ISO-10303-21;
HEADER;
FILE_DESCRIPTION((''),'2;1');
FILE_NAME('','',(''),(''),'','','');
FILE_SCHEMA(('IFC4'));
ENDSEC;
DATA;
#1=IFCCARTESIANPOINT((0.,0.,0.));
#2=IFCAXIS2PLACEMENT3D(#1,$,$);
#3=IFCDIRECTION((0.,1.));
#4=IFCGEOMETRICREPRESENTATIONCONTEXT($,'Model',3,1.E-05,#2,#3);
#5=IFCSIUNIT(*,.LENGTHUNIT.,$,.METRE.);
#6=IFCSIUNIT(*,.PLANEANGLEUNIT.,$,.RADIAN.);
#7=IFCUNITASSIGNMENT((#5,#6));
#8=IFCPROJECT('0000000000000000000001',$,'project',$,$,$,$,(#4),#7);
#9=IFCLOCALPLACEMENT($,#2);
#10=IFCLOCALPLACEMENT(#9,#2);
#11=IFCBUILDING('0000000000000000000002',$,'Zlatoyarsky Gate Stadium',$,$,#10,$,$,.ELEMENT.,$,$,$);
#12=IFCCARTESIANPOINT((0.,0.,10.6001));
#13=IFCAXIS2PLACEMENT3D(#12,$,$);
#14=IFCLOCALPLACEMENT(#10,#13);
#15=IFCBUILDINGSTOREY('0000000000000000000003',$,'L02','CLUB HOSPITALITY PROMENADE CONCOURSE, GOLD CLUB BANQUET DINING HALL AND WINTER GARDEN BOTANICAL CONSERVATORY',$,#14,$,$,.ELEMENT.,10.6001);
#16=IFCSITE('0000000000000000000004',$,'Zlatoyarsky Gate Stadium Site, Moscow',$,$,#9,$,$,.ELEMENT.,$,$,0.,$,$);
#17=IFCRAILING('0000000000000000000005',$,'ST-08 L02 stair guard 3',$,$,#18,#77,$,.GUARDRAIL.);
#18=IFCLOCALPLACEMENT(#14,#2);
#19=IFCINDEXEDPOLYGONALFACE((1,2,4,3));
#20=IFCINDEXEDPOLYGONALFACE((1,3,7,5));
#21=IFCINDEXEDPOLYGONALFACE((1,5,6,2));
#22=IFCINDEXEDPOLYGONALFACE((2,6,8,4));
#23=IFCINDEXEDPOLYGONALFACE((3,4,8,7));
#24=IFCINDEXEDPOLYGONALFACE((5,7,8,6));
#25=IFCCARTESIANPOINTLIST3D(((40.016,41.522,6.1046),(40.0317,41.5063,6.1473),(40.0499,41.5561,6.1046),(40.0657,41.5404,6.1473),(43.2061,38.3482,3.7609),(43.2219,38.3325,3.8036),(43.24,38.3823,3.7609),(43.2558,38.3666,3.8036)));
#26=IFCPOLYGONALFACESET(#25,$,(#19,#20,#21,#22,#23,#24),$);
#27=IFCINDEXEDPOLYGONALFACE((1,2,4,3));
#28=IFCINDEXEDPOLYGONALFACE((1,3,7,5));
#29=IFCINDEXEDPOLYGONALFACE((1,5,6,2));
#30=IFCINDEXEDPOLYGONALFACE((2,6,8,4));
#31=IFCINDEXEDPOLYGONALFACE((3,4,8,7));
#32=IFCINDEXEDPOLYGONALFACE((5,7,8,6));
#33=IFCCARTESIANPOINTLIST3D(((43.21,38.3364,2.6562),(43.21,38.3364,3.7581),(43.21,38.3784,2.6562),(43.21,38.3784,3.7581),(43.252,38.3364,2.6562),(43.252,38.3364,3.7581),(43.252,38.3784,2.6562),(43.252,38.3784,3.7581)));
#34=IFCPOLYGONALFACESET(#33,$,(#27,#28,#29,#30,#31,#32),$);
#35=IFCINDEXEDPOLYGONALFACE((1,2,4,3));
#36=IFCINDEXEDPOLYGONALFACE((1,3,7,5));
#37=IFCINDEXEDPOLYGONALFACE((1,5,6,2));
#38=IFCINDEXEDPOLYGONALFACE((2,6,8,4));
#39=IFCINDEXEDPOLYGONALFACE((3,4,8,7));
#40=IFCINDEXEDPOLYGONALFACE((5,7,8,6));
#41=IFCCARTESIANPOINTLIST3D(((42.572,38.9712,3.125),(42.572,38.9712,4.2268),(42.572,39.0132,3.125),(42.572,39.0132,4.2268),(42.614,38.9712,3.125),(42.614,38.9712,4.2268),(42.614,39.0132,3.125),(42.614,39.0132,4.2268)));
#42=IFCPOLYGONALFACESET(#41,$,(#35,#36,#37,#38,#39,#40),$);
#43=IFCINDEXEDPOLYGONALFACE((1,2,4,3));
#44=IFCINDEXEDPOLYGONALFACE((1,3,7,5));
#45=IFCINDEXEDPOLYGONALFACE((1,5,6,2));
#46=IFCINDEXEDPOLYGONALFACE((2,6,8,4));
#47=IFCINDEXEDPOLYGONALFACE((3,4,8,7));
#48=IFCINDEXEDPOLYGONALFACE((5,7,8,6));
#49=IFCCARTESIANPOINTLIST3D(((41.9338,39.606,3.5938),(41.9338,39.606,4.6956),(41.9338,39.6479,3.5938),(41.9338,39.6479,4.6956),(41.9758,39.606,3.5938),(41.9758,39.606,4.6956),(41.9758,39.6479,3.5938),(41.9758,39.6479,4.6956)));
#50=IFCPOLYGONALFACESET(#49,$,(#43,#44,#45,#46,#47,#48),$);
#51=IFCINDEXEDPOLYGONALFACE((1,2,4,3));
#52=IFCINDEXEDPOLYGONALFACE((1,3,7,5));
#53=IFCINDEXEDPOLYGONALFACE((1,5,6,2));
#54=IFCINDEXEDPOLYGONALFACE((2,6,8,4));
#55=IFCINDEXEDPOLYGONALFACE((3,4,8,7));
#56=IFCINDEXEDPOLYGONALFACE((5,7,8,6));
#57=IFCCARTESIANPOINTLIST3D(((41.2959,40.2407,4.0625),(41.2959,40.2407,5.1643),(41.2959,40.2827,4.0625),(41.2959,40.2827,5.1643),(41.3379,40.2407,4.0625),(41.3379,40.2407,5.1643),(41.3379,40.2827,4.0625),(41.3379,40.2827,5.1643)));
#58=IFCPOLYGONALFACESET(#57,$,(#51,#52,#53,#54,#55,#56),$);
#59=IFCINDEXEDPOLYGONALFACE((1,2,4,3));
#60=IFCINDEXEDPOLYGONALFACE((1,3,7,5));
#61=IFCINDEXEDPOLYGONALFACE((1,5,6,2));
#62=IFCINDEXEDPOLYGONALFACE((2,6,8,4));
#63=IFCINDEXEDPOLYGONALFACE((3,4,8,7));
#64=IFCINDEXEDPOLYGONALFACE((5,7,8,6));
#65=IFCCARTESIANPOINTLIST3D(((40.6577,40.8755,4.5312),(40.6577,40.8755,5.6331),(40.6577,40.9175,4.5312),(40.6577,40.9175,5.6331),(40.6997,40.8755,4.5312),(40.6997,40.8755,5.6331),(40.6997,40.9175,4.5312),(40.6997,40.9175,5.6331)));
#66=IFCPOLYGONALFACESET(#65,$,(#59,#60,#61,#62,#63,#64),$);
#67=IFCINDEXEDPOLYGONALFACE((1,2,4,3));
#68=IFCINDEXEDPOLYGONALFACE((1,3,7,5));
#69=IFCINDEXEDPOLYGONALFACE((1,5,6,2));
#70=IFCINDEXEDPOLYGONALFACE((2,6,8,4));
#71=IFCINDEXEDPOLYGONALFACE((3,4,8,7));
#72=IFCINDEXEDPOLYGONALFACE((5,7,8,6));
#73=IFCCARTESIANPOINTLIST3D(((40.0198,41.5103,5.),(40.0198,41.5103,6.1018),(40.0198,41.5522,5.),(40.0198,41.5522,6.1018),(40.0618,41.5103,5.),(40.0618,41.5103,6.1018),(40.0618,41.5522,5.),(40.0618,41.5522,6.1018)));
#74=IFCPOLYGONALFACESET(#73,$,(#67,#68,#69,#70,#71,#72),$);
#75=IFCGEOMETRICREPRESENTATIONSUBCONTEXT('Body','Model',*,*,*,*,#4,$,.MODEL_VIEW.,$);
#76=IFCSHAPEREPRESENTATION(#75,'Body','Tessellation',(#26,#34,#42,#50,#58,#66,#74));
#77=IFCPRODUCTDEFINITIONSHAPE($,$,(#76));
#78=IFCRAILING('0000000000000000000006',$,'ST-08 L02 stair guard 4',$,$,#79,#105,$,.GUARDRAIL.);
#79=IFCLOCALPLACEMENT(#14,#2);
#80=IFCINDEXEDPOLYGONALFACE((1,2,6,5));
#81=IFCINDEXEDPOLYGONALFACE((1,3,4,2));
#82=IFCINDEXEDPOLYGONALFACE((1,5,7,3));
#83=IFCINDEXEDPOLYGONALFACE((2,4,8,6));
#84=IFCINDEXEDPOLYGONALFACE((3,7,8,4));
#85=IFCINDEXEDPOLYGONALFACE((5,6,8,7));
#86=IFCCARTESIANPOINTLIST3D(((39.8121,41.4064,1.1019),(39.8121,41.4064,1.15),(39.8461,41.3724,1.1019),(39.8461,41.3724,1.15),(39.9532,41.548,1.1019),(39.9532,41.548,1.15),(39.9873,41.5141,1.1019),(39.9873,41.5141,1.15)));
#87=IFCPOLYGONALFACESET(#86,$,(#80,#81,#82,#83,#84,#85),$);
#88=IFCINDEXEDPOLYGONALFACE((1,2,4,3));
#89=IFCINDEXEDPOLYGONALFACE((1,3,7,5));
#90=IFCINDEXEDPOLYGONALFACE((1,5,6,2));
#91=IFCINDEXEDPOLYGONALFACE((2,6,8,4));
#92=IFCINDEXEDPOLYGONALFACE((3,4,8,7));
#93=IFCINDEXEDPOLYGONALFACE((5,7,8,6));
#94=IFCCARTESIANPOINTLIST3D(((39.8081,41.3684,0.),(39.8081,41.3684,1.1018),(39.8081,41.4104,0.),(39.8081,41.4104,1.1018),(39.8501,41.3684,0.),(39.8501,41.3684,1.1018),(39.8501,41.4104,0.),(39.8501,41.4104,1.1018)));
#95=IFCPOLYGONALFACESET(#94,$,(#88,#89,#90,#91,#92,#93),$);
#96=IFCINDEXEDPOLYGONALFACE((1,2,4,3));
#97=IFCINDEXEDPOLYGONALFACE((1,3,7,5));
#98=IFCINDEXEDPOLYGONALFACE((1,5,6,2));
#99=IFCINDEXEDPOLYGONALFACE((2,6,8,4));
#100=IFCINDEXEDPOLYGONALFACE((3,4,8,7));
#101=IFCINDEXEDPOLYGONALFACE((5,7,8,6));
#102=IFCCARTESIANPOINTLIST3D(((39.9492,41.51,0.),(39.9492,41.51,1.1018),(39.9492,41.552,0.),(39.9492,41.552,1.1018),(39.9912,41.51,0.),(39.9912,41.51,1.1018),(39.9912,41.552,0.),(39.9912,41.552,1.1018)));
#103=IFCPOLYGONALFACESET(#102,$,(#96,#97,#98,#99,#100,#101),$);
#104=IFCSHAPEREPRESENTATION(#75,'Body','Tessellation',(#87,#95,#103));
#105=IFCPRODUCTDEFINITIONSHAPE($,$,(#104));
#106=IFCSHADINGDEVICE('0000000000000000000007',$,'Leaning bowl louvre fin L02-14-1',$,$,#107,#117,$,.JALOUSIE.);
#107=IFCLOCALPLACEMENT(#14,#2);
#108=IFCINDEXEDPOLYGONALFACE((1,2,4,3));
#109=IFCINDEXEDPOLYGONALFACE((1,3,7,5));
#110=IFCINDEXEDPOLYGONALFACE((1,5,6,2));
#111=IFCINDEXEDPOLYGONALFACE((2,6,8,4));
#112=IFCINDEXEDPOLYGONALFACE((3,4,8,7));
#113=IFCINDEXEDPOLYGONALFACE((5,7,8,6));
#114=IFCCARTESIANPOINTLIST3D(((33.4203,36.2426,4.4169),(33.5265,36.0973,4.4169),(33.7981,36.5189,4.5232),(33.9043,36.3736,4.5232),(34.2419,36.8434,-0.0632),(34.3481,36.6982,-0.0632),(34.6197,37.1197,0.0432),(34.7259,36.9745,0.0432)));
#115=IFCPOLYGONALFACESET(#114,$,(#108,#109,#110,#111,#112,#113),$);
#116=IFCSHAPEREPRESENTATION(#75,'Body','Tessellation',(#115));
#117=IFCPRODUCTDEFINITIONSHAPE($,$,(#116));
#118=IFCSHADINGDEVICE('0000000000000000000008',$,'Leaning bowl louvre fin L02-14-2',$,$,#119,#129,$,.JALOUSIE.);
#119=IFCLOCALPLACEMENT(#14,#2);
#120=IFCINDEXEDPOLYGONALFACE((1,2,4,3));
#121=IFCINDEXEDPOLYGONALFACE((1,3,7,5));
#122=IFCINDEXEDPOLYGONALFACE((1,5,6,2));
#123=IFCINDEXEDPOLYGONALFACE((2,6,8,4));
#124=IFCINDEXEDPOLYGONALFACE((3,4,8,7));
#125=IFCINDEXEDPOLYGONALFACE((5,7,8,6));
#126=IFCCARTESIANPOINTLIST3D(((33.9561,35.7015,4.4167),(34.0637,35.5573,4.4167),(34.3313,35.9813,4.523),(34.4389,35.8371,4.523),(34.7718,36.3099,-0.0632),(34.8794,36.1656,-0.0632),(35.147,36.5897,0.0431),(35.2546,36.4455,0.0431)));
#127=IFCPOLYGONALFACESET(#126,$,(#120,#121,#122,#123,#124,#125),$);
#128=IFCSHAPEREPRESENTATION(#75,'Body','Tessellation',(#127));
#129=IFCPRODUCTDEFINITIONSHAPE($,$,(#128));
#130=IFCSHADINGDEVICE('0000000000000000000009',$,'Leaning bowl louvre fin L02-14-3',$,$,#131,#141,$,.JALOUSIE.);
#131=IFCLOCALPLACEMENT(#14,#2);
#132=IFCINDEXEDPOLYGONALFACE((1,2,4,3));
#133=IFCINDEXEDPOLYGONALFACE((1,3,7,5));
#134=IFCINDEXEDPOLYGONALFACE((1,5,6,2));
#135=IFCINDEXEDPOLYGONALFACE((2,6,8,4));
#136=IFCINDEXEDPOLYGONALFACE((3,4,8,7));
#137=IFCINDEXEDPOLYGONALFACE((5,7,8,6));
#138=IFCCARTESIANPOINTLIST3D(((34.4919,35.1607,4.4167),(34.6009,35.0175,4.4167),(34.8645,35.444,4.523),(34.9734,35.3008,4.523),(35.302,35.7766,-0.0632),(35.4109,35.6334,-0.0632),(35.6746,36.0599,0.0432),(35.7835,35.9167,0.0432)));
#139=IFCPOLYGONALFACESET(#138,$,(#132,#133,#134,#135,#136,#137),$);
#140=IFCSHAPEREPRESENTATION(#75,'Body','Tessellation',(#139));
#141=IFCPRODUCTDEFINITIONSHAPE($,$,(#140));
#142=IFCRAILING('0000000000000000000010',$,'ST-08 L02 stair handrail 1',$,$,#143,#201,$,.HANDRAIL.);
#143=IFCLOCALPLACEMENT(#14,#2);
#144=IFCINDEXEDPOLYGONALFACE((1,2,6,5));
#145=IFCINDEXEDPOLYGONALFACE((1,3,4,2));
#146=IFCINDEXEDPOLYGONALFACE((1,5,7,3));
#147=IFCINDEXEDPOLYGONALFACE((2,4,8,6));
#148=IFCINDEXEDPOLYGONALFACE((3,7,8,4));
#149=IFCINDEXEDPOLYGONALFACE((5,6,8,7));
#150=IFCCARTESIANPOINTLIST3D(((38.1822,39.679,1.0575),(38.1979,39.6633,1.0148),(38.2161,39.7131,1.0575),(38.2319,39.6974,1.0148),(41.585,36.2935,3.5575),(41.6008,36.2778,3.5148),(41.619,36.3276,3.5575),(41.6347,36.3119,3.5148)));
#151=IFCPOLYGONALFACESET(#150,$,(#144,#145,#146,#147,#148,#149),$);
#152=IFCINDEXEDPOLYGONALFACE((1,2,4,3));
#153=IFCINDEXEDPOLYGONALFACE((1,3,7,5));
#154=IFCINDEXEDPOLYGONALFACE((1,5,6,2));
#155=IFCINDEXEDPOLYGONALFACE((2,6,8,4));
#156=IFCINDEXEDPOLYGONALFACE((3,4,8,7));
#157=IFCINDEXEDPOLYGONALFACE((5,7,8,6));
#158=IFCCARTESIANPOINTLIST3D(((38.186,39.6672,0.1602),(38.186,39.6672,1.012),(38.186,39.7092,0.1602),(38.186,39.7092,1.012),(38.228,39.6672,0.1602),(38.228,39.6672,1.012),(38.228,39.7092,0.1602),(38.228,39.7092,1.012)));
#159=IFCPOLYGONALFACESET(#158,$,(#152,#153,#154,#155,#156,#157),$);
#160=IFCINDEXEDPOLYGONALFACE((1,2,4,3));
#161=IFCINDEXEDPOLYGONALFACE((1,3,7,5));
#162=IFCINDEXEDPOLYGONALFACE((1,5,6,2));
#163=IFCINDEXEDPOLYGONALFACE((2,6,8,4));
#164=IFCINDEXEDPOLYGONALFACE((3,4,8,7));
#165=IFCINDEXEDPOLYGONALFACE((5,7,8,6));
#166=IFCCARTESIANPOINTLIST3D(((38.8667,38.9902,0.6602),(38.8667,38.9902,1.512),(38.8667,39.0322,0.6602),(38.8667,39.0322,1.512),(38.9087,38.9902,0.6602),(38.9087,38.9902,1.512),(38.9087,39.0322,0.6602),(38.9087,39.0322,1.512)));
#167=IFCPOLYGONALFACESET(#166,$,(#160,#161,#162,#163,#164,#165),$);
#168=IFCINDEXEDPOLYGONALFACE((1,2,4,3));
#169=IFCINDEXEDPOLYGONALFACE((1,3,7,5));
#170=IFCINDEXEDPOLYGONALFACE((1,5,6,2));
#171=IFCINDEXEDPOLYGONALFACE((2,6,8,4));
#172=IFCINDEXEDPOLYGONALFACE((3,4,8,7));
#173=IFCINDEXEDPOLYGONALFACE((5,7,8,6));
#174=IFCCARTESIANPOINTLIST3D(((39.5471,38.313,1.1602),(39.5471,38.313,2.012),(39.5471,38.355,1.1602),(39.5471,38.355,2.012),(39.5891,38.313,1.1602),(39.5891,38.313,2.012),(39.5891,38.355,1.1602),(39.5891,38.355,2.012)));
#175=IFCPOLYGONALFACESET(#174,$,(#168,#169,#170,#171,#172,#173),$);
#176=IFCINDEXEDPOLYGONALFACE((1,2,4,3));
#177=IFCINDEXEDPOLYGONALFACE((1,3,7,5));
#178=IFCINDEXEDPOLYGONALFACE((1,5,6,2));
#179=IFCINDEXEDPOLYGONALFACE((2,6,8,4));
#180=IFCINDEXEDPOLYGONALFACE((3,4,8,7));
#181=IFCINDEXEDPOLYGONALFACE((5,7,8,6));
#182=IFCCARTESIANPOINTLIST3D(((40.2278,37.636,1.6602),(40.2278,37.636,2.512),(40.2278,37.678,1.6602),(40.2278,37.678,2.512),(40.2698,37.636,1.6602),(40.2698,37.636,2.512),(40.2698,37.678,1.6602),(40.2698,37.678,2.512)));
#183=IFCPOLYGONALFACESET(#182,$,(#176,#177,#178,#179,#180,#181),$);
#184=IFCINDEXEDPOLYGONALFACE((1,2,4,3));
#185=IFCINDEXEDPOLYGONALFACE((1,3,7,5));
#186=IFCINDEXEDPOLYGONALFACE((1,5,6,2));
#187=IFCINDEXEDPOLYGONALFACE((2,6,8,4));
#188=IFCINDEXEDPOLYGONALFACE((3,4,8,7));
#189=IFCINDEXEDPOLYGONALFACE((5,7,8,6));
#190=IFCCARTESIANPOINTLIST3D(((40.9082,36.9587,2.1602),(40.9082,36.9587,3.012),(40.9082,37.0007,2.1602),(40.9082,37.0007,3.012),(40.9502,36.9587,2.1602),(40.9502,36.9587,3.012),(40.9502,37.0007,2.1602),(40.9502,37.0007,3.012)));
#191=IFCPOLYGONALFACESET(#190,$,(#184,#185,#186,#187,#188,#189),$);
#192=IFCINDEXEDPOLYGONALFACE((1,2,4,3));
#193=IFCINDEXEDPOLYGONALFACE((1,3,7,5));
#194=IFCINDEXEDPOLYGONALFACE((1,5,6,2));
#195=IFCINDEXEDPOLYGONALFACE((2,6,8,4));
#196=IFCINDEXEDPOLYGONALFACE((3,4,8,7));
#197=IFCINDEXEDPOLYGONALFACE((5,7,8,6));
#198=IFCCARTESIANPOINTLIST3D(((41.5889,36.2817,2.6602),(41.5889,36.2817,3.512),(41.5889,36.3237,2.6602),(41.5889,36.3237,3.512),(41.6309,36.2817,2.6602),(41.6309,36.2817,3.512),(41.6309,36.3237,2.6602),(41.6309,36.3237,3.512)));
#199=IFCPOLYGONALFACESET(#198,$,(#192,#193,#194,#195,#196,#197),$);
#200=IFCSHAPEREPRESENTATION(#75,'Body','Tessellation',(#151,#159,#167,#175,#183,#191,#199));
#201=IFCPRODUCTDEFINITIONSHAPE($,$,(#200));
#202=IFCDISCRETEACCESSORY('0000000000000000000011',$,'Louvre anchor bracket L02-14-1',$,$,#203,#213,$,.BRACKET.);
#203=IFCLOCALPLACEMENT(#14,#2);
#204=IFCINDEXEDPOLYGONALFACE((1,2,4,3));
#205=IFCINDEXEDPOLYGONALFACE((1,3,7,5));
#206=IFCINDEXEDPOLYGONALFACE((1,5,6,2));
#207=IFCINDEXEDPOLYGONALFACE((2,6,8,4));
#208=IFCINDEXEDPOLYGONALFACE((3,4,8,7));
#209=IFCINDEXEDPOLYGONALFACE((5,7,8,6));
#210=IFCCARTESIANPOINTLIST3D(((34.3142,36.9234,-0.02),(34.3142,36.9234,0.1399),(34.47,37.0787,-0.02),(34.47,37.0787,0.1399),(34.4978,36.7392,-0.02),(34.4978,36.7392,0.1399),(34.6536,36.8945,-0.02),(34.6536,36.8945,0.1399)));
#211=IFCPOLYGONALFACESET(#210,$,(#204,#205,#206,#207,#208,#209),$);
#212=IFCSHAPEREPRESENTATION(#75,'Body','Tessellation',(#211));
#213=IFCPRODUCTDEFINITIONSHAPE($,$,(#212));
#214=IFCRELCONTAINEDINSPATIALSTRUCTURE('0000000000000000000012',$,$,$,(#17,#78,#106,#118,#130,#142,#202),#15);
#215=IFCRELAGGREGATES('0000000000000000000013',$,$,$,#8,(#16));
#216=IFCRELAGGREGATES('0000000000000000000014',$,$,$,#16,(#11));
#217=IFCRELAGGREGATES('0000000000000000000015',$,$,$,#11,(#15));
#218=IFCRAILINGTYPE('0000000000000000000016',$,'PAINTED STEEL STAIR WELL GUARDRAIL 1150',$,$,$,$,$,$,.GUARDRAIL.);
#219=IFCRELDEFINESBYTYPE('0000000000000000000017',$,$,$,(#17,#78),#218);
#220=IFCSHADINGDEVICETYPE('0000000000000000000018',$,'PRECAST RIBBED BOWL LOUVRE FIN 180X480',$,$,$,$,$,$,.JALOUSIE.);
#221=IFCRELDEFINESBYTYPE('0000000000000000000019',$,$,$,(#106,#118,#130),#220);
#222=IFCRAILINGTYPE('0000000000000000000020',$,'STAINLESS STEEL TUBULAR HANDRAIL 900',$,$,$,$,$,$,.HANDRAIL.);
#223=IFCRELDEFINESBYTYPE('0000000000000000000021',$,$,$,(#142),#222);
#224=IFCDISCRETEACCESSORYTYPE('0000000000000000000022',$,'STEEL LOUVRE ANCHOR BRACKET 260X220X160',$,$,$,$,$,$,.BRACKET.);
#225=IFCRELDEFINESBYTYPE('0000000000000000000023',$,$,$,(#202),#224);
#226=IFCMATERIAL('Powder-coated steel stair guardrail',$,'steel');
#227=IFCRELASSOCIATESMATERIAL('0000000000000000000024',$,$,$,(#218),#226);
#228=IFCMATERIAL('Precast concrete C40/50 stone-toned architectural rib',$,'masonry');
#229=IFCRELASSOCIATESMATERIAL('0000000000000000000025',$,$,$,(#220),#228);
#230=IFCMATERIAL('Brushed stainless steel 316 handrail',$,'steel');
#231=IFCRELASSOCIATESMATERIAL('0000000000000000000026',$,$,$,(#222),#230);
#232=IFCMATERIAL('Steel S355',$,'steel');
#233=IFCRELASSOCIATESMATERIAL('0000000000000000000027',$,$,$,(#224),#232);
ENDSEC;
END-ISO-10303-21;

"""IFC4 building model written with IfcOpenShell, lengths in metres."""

from ifc_helpers import new_model, si_unit, direction, frame, origin, origin_2d, place, context, subcontext, project, spatial, rectangle, extrude, material, material_profile, profile_set, type_object, element, save


model = new_model("IFC4")

# Units and contexts
model_context = context("Model", 3, precision=1e-05, world=origin(), true_north=direction((0.0, 1.0)))
body_context = subcontext(model_context, "Body", "Model", "MODEL_VIEW")
ifc_project = project(units=[si_unit("LENGTHUNIT", "METRE"), si_unit("PLANEANGLEUNIT", "RADIAN")], contexts=[model_context])

# Site, building, storey
site_placement = place(None, origin())
site = spatial("IfcSite", under=ifc_project, at=site_placement, Name="Zlatoyarsky Gate Stadium Site, Moscow", CompositionType="ELEMENT", RefElevation=0.0)
building_placement = place(site_placement, origin())
building = spatial("IfcBuilding", under=site, at=building_placement, Name="Zlatoyarsky Gate Stadium", CompositionType="ELEMENT")
storey_placement = place(building_placement, frame((0.0, 0.0, 10.6001)))
storey = spatial("IfcBuildingStorey", under=building, at=storey_placement, Name="L02", Description="CLUB HOSPITALITY PROMENADE CONCOURSE, GOLD CLUB BANQUET DINING HALL AND WINTER GARDEN BOTANICAL CONSERVATORY", CompositionType="ELEMENT", Elevation=10.6001)

# Railings
ifc_material_1 = material(Name="Powder-coated steel stair guardrail", Category="steel")
railing_type_1 = type_object("IfcRailingType", Name="PAINTED STEEL STAIR WELL GUARDRAIL 1150", PredefinedType="GUARDRAIL", material=ifc_material_1)
railing_1_placement = place(storey_placement, frame((43.231, 38.3574, 2.6562)))
element("IfcRailing", 1, at=railing_1_placement, inside=storey, type_object=railing_type_1, Name="ST-08 L02 stair guard 3", PredefinedType="GUARDRAIL", context=body_context, shape_type="SweptSolid", body=[
    extrude(rectangle(XDim=0.0481, YDim=0.0481, at=origin_2d()), frame((0.0, 0.0, 1.126), z_axis=(-0.628754, 0.62553, 0.46193), x_axis=(-0.705287, -0.708922, 0.0)), (0.0, 0.0, 1.0), 5.0737),
    extrude(rectangle(XDim=0.042, YDim=0.042, at=origin_2d()), origin(), (0.0, 0.0, 1.0), 1.1018),
    extrude(rectangle(XDim=0.042, YDim=0.042, at=origin_2d()), frame((-0.6379, 0.6348, 0.4688)), (0.0, 0.0, 1.0), 1.1018),
    extrude(rectangle(XDim=0.042, YDim=0.042, at=origin_2d()), frame((-1.2761, 1.2695, 0.9375)), (0.0, 0.0, 1.0), 1.1018),
    extrude(rectangle(XDim=0.042, YDim=0.042, at=origin_2d()), frame((-1.9141, 1.9043, 1.4062)), (0.0, 0.0, 1.0), 1.1018),
    extrude(rectangle(XDim=0.042, YDim=0.042, at=origin_2d()), frame((-2.5522, 2.5391, 1.875)), (0.0, 0.0, 1.0), 1.1018),
    extrude(rectangle(XDim=0.042, YDim=0.042, at=origin_2d()), frame((-3.1902, 3.1738, 2.3438)), (0.0, 0.0, 1.0), 1.1018),
])
railing_2_placement = place(storey_placement, frame((39.8291, 41.3894, 0.0)))
element("IfcRailing", 2, at=railing_2_placement, inside=storey, type_object=railing_type_1, Name="ST-08 L02 stair guard 4", PredefinedType="GUARDRAIL", context=body_context, shape_type="SweptSolid", body=[
    extrude(rectangle(XDim=0.0481, YDim=0.0481, at=origin_2d()), frame((0.0, 0.0, 1.126), z_axis=(0.705884, 0.708327, 0.0), x_axis=(-0.708327, 0.705884, 0.0)), (0.0, 0.0, 1.0), 0.2),
    extrude(rectangle(XDim=0.042, YDim=0.042, at=origin_2d()), origin(), (0.0, 0.0, 1.0), 1.1018),
    extrude(rectangle(XDim=0.042, YDim=0.042, at=origin_2d()), frame((0.1411, 0.1416, 0.0)), (0.0, 0.0, 1.0), 1.1018),
])

# Shading devices
ifc_material_2 = material(Name="Precast concrete C40/50 stone-toned architectural rib", Category="masonry")
ifc_material_profile_1 = material_profile(ifc_material_2, rectangle(XDim=0.1799, YDim=0.48, at=origin_2d()), Name="RIB 180X480")
ifc_profile_set_1 = profile_set([ifc_material_profile_1], Name="Precast concrete C40/50 stone-toned architectural rib")
shading_device_type = type_object("IfcShadingDeviceType", Name="PRECAST RIBBED BOWL LOUVRE FIN 180X480", PredefinedType="JALOUSIE", material=ifc_profile_set_1)
shading_device_placement = place(storey_placement, frame((34.4839, 36.9089, -0.01), z_axis=(-0.178822, -0.130782, 0.975151), x_axis=(0.590323, -0.807167, 0.0)))
element("IfcShadingDevice", 3, at=shading_device_placement, inside=storey, type_object=shading_device_type, Name="Leaning bowl louvre fin L02-14-1", PredefinedType="JALOUSIE", context=body_context, shape_type="SweptSolid", body=[
    extrude(rectangle(XDim=0.1799, YDim=0.48, at=origin_2d()), origin(), (0.0, 0.0, 1.0), 4.5942),
])
for number, where, z_axis, x_axis, name in (
    (4, (35.0132, 36.3777, -0.01), (-0.177548, -0.132431, 0.975161), (0.597887, -0.801581, 0.0), "Leaning bowl louvre fin L02-14-2"),
    (5, (35.5427, 35.8467, -0.01), (-0.176326, -0.134078, 0.975158), (0.605284, -0.79601, 0.0), "Leaning bowl louvre fin L02-14-3"),
):
    element("IfcShadingDevice", number, at=place(storey_placement, frame(where, z_axis=z_axis, x_axis=x_axis)), inside=storey, type_object=shading_device_type, Name=name, PredefinedType="JALOUSIE", context=body_context, shape_type="SweptSolid", body=[
        extrude(rectangle(XDim=0.1799, YDim=0.48, at=origin_2d()), origin(), (0.0, 0.0, 1.0), 4.594),
    ])

# Railing
ifc_material_3 = material(Name="Brushed stainless steel 316 handrail", Category="steel")
railing_type_2 = type_object("IfcRailingType", Name="STAINLESS STEEL TUBULAR HANDRAIL 900", PredefinedType="HANDRAIL", material=ifc_material_3)
railing_3_placement = place(storey_placement, frame((38.207, 39.6882, 0.1602)))
element("IfcRailing", 6, at=railing_3_placement, inside=storey, type_object=railing_type_2, Name="ST-08 L02 stair handrail 1", PredefinedType="HANDRAIL", context=body_context, shape_type="SweptSolid", body=[
    extrude(rectangle(XDim=0.0481, YDim=0.0481, at=origin_2d()), frame((0.0, 0.0, 0.876), z_axis=(0.628745, -0.625542, 0.461928), x_axis=(0.705299, 0.70891, 0.0)), (0.0, 0.0, 1.0), 5.4121),
    extrude(rectangle(XDim=0.042, YDim=0.042, at=origin_2d()), origin(), (0.0, 0.0, 1.0), 0.8518),
    extrude(rectangle(XDim=0.042, YDim=0.042, at=origin_2d()), frame((0.6807, -0.677, 0.5)), (0.0, 0.0, 1.0), 0.8518),
    extrude(rectangle(XDim=0.042, YDim=0.042, at=origin_2d()), frame((1.3611, -1.3542, 1.0)), (0.0, 0.0, 1.0), 0.8518),
    extrude(rectangle(XDim=0.042, YDim=0.042, at=origin_2d()), frame((2.0417, -2.0312, 1.5)), (0.0, 0.0, 1.0), 0.8518),
    extrude(rectangle(XDim=0.042, YDim=0.042, at=origin_2d()), frame((2.7222, -2.7085, 2.0)), (0.0, 0.0, 1.0), 0.8518),
    extrude(rectangle(XDim=0.042, YDim=0.042, at=origin_2d()), frame((3.4028, -3.3855, 2.5)), (0.0, 0.0, 1.0), 0.8518),
])

# Discrete accessory
ifc_material_4 = material(Name="Steel S355", Category="steel")
discrete_accessory_type = type_object("IfcDiscreteAccessoryType", Name="STEEL LOUVRE ANCHOR BRACKET 260X220X160", PredefinedType="BRACKET", material=ifc_material_4)
for number, where, z_axis, x_axis, name in (
    (7, (34.4839, 36.9089, -0.02), (0.0, 0.0, 1.0), (0.705937, -0.708274, 0.0), "Louvre anchor bracket L02-14-1"),
):
    element("IfcDiscreteAccessory", number, at=place(storey_placement, frame(where, z_axis=z_axis, x_axis=x_axis)), inside=storey, type_object=discrete_accessory_type, Name=name, PredefinedType="BRACKET", context=body_context, shape_type="SweptSolid", body=[
        extrude(rectangle(XDim=0.26, YDim=0.22, at=origin_2d()), origin(), (0.0, 0.0, 1.0), 0.1599),
    ])

save(model, "model.ifc")
